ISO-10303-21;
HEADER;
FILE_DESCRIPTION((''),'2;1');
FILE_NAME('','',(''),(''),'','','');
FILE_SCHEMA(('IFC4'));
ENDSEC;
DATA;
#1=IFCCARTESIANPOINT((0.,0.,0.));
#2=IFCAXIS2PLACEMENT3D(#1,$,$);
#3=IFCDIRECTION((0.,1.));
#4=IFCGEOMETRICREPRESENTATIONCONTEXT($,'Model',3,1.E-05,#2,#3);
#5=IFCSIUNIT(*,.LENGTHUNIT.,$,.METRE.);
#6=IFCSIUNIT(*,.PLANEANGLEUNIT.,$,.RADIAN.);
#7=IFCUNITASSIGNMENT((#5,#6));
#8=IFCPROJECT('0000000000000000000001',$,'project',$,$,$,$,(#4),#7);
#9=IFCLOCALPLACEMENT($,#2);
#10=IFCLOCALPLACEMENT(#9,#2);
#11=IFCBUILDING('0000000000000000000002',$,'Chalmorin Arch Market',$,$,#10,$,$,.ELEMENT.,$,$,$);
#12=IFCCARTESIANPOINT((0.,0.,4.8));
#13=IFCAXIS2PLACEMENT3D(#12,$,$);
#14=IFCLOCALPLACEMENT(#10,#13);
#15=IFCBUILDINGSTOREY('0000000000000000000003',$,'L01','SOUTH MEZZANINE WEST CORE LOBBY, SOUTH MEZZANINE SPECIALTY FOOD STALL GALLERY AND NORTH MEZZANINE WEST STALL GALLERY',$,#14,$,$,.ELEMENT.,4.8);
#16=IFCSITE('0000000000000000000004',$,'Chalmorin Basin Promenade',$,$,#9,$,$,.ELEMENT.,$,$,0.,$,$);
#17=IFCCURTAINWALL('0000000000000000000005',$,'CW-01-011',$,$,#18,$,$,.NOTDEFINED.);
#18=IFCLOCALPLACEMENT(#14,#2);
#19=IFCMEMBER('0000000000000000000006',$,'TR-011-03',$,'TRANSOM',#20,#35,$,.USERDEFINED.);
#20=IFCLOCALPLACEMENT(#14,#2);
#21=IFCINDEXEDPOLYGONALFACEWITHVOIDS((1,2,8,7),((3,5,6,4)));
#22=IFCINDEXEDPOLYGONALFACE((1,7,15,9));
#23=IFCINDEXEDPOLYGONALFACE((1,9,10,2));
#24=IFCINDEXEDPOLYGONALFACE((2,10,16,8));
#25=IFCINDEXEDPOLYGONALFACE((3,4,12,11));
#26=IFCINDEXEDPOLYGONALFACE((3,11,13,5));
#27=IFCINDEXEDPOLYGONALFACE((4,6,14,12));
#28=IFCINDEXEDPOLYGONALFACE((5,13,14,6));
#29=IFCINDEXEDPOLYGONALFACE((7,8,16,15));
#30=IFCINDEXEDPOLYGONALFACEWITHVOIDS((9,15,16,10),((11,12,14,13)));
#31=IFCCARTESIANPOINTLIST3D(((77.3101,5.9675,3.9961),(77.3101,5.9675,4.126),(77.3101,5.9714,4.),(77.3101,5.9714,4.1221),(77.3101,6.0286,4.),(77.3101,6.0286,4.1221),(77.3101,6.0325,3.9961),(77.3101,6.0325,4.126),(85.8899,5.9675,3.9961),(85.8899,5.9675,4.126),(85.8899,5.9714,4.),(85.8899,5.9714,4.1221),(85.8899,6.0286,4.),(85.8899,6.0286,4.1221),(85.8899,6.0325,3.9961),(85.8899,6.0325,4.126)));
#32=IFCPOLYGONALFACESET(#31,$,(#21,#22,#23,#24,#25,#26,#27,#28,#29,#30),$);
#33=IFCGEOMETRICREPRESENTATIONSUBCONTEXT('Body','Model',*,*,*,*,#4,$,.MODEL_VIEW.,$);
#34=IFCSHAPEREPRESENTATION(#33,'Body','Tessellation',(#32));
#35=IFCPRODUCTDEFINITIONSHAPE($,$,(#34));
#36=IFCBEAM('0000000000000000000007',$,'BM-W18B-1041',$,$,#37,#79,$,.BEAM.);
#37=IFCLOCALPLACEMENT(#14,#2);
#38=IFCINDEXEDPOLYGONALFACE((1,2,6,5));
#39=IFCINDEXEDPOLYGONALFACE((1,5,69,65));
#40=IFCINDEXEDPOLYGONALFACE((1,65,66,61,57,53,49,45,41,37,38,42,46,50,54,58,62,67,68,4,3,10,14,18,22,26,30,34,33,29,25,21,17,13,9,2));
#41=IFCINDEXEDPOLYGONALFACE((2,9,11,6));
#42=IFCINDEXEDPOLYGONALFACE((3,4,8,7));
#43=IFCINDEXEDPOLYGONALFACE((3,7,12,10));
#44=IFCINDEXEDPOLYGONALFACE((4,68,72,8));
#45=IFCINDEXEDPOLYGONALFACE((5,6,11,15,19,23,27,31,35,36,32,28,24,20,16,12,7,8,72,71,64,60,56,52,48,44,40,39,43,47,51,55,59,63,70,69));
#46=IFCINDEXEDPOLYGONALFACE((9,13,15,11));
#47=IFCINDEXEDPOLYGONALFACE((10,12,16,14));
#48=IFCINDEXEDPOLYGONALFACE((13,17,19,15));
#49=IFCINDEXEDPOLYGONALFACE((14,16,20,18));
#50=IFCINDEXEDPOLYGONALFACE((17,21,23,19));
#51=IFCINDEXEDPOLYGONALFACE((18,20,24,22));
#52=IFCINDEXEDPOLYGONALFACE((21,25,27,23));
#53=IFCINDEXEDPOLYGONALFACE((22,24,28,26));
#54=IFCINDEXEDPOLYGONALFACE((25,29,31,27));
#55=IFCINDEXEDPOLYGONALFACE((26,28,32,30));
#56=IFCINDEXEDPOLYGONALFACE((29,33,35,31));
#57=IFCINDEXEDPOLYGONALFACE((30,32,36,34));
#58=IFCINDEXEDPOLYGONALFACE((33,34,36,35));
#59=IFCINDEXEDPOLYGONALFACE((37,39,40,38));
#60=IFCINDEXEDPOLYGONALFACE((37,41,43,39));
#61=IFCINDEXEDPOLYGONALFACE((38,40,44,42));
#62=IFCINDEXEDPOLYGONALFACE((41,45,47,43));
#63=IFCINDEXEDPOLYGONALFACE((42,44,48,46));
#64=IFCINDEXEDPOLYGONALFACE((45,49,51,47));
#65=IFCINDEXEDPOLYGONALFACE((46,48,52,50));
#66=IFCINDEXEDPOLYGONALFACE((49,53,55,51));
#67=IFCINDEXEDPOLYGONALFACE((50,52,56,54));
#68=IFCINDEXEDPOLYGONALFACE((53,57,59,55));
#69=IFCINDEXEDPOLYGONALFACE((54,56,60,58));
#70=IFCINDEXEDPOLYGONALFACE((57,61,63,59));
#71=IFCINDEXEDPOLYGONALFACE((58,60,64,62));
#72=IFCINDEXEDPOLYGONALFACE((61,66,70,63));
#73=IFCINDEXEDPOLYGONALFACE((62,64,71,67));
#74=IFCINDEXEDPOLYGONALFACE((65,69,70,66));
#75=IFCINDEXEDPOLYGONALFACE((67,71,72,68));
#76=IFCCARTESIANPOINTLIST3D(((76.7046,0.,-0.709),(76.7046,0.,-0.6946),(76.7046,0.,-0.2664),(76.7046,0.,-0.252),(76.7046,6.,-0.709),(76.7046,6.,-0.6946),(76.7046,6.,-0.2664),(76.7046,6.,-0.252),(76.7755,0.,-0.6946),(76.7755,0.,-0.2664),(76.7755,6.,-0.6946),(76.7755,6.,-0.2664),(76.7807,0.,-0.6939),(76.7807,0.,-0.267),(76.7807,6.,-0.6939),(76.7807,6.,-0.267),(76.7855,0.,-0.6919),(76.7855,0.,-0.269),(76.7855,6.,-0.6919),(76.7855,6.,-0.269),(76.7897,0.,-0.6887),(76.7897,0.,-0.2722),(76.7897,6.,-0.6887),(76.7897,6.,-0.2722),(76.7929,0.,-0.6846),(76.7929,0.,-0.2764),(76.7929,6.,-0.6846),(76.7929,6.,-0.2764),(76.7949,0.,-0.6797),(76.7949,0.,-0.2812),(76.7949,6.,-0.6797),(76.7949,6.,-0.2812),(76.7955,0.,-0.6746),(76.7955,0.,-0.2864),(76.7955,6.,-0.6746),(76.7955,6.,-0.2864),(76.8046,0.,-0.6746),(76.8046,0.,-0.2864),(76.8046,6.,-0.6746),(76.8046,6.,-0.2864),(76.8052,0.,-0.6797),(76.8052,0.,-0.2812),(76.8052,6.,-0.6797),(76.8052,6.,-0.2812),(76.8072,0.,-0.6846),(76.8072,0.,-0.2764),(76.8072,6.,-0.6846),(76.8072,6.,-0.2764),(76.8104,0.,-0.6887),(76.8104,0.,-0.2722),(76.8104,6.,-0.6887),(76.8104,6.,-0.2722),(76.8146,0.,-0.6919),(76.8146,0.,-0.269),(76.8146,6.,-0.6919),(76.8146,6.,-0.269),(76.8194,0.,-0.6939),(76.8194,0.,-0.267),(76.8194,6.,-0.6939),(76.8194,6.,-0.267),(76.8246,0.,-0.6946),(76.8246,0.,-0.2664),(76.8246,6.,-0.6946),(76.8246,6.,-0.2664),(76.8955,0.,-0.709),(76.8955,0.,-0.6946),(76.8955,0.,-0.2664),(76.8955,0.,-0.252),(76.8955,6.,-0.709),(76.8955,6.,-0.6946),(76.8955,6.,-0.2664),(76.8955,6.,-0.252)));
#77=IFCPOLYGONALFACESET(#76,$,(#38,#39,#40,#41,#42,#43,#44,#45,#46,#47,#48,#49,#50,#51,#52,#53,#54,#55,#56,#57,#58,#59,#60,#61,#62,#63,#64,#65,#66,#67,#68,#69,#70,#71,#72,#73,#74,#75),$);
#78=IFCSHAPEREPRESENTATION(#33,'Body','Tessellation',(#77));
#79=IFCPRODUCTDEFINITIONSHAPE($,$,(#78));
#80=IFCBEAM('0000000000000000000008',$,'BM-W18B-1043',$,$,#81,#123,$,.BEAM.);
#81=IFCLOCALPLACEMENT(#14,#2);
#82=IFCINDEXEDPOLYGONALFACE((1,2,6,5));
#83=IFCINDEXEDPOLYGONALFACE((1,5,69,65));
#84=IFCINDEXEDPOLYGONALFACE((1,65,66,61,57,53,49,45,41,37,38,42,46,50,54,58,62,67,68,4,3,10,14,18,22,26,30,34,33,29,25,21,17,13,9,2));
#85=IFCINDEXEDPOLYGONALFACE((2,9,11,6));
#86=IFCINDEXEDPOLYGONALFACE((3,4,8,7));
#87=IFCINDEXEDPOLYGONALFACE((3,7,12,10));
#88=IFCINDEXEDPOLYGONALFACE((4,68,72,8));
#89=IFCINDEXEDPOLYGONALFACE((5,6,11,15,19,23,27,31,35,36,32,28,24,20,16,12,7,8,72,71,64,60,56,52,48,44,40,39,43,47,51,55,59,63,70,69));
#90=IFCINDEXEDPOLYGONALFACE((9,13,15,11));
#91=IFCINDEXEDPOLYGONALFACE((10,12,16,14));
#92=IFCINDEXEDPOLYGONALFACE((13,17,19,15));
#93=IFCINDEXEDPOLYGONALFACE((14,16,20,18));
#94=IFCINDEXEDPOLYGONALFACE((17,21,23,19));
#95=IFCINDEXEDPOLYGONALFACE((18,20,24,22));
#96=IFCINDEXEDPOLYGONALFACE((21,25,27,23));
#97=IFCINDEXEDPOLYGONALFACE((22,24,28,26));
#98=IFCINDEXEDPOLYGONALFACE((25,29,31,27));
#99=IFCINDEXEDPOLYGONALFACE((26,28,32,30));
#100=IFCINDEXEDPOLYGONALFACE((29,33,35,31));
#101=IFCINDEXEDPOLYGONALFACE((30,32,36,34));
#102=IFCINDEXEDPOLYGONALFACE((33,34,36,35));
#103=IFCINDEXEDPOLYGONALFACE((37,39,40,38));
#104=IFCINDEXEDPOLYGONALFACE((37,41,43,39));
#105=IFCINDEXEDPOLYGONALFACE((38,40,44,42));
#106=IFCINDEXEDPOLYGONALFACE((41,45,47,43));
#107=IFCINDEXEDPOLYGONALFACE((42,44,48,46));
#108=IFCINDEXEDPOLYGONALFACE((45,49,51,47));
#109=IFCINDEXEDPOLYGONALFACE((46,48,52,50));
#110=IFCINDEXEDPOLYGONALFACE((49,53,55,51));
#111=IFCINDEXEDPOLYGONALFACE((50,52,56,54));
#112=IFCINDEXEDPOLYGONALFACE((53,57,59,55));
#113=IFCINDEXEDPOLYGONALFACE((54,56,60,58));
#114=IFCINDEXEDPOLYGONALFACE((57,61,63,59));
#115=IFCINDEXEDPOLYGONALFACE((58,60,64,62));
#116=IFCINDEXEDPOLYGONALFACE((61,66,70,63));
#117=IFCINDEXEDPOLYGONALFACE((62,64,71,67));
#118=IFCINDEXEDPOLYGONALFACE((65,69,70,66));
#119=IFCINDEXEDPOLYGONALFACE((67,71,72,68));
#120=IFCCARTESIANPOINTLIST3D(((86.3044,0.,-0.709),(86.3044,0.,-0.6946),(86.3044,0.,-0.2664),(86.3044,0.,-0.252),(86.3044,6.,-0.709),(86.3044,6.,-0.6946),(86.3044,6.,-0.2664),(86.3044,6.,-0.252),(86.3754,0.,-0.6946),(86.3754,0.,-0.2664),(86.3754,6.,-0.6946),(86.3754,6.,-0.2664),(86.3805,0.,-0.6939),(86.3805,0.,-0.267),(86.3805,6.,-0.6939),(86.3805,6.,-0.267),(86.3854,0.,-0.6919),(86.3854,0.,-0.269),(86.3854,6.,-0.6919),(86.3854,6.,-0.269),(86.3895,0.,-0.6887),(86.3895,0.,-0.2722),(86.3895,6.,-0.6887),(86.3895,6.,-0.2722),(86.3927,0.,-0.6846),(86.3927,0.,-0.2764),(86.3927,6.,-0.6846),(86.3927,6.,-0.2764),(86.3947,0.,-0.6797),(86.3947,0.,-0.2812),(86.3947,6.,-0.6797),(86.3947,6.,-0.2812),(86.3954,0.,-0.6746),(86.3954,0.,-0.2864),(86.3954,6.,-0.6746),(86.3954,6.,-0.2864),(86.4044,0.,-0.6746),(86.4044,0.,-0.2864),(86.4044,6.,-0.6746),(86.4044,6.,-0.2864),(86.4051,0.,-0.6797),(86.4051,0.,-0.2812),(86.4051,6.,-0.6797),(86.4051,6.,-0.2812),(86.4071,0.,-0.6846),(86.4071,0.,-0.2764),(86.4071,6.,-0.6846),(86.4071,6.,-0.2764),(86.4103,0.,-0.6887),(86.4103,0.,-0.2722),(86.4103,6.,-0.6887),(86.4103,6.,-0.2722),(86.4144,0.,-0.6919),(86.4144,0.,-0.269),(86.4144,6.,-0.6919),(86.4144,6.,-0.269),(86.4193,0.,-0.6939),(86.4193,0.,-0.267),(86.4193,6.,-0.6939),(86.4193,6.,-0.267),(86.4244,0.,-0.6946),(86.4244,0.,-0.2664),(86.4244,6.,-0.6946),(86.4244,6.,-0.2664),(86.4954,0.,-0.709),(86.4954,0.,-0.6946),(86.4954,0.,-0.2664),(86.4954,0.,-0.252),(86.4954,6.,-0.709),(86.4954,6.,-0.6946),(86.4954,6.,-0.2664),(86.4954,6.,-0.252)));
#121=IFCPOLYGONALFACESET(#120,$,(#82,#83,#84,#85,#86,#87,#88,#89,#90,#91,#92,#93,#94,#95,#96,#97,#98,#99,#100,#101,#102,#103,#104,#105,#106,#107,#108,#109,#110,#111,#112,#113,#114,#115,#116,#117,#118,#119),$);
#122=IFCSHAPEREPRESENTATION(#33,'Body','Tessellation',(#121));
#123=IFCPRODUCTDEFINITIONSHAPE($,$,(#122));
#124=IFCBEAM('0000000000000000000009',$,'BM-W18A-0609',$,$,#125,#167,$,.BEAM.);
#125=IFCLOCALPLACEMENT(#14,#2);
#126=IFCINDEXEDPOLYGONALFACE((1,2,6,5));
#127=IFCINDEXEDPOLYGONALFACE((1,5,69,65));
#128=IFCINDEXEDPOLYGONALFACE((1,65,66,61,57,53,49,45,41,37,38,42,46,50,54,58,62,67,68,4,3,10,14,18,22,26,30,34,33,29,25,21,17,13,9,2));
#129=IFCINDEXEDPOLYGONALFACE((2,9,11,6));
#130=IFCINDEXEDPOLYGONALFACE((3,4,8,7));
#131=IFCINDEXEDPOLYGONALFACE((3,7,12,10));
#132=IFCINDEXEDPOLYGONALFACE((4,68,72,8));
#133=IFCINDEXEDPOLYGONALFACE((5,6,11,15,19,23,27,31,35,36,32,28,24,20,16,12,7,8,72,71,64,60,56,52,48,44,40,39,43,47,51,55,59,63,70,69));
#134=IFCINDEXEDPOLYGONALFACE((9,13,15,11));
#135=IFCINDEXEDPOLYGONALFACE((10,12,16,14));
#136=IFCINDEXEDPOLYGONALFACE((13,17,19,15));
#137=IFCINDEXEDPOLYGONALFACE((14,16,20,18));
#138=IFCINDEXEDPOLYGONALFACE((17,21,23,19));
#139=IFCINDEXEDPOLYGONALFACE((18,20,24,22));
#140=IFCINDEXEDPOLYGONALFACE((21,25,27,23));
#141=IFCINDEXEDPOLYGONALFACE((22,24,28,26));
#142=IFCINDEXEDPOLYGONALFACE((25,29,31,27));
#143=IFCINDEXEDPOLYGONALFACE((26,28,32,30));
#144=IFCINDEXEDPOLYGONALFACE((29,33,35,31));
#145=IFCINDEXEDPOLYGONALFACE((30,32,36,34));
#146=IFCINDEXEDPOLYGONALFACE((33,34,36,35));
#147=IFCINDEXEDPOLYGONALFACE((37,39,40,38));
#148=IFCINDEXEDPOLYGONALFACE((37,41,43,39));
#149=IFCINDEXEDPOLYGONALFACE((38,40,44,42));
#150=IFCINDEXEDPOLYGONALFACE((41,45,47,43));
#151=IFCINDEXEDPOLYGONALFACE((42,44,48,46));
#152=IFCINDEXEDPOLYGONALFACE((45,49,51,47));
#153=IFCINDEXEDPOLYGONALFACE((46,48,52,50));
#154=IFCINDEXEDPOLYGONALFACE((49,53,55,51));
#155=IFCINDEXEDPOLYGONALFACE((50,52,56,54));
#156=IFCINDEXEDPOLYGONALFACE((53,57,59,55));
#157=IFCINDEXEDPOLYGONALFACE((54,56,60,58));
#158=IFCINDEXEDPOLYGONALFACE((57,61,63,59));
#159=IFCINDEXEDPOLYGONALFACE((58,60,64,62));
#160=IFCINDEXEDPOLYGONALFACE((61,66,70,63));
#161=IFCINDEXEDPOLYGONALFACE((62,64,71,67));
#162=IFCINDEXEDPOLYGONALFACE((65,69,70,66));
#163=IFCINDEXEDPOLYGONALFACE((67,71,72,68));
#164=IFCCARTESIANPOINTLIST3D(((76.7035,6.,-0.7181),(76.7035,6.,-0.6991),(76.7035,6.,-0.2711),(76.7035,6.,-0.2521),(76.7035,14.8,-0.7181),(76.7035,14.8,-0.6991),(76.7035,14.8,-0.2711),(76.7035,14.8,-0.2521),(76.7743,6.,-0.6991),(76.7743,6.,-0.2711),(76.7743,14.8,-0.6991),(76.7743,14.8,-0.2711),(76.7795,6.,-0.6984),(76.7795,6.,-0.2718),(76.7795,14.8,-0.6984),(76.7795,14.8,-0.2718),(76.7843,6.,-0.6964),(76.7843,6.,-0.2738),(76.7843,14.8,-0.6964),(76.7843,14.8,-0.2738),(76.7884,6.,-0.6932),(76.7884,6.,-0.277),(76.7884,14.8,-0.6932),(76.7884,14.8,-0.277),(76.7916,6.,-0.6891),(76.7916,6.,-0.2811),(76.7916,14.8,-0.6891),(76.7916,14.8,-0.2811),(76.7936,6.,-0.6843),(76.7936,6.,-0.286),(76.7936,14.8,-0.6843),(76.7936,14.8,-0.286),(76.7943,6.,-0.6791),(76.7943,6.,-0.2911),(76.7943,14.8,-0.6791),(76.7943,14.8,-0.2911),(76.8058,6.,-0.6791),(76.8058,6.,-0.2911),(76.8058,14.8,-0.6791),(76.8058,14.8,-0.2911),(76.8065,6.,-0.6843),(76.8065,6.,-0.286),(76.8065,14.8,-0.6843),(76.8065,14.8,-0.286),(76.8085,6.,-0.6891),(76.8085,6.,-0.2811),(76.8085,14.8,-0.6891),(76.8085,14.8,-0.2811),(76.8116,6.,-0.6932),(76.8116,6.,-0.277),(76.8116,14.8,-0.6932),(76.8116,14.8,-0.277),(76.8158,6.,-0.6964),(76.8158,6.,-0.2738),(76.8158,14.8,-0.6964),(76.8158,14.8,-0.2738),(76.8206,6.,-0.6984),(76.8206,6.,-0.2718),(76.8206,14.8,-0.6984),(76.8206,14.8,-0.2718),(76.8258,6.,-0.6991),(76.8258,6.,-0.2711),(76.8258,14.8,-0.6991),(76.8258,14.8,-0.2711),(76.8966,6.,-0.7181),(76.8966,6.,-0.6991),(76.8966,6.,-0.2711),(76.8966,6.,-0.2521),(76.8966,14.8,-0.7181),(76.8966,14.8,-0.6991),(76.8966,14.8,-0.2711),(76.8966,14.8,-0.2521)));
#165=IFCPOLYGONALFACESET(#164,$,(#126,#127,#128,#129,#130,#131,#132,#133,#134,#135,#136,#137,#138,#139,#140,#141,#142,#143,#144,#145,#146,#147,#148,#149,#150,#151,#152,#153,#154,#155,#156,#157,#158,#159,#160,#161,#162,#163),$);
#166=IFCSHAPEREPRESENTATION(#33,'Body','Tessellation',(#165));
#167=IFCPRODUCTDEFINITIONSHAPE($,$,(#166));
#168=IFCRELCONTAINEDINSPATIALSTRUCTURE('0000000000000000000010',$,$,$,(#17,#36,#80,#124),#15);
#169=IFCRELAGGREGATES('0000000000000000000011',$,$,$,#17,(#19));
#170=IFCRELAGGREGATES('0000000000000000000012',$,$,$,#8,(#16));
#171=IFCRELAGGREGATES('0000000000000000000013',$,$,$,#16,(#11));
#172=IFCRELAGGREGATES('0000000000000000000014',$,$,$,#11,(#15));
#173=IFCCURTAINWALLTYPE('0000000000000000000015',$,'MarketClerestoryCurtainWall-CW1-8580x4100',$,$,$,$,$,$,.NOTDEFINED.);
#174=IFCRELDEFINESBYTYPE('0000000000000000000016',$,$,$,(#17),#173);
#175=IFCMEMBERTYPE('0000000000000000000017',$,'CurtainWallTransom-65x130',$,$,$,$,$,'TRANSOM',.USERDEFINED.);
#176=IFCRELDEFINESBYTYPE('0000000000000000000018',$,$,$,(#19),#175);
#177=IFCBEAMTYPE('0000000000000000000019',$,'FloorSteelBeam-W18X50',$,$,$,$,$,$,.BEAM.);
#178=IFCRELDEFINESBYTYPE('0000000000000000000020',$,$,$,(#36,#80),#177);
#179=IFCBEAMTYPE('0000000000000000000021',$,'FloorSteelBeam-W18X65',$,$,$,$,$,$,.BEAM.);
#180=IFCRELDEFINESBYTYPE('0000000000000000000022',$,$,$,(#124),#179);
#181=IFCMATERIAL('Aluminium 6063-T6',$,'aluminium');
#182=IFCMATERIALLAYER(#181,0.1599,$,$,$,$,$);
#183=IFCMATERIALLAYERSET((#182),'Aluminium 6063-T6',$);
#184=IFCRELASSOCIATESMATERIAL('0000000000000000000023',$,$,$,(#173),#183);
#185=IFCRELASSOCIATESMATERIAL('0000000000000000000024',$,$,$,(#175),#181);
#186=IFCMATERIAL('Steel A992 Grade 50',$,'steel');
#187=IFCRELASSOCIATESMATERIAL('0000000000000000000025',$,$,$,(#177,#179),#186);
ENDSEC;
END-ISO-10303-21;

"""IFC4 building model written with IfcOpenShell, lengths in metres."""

from ifc_helpers import new_model, si_unit, direction, frame, origin, origin_2d, place, context, subcontext, project, spatial, hollow_rectangle, i_section, extrude, material, layer, layer_set, material_profile, profile_set, type_object, element, aggregate, save


model = new_model("IFC4")

# Units and contexts
model_context = context("Model", 3, precision=1e-05, world=origin(), true_north=direction((0.0, 1.0)))
body_context = subcontext(model_context, "Body", "Model", "MODEL_VIEW")
ifc_project = project(units=[si_unit("LENGTHUNIT", "METRE"), si_unit("PLANEANGLEUNIT", "RADIAN")], contexts=[model_context])

# Site, building, storey
site_placement = place(None, origin())
site = spatial("IfcSite", under=ifc_project, at=site_placement, Name="Chalmorin Basin Promenade", CompositionType="ELEMENT", RefElevation=0.0)
building_placement = place(site_placement, origin())
building = spatial("IfcBuilding", under=site, at=building_placement, Name="Chalmorin Arch Market", CompositionType="ELEMENT")
storey_placement = place(building_placement, frame((0.0, 0.0, 4.8)))
storey = spatial("IfcBuildingStorey", under=building, at=storey_placement, Name="L01", Description="SOUTH MEZZANINE WEST CORE LOBBY, SOUTH MEZZANINE SPECIALTY FOOD STALL GALLERY AND NORTH MEZZANINE WEST STALL GALLERY", CompositionType="ELEMENT", Elevation=4.8)

# Shared definitions
ifc_material_1 = material(Name="Aluminium 6063-T6", Category="aluminium")
ifc_layer_1 = layer(ifc_material_1, 0.1599)
ifc_layer_set_1 = layer_set([ifc_layer_1], Name="Aluminium 6063-T6")
curtain_wall_type = type_object("IfcCurtainWallType", Name="MarketClerestoryCurtainWall-CW1-8580x4100", PredefinedType="NOTDEFINED", material=ifc_layer_set_1)

# Curtain wall, member
curtain_wall_1_placement = place(storey_placement, origin())
curtain_wall_1 = element("IfcCurtainWall", 1, at=curtain_wall_1_placement, inside=storey, type_object=curtain_wall_type, Name="CW-01-011", PredefinedType="NOTDEFINED")
ifc_material_profile_1 = material_profile(ifc_material_1, hollow_rectangle(XDim=0.0649, YDim=0.1299, WallThickness=0.0039, at=origin_2d()), Name="ALU65X130X4")
ifc_profile_set_1 = profile_set([ifc_material_profile_1], Name="Aluminium 6063-T6")
member_type_1 = type_object("IfcMemberType", Name="CurtainWallTransom-65x130", ElementType="TRANSOM", PredefinedType="USERDEFINED", material=ifc_profile_set_1)
member_1_placement = place(storey_placement, frame((77.3101, 6.0, 4.061), z_axis=(1.0, 0.0, 0.0), x_axis=(0.0, 1.0, 0.0)))
member_1 = element("IfcMember", 2, at=member_1_placement, type_object=member_type_1, Name="TR-011-03", ObjectType="TRANSOM", PredefinedType="USERDEFINED", context=body_context, shape_type="SweptSolid", body=[
    extrude(hollow_rectangle(XDim=0.0649, YDim=0.1299, WallThickness=0.0039, at=origin_2d()), origin(), (0.0, 0.0, 1.0), 8.5798),
])

# Beams
ifc_material_2 = material(Name="Steel A992 Grade 50", Category="steel")
ifc_material_profile_2 = material_profile(ifc_material_2, i_section(OverallWidth=0.1909, OverallDepth=0.457, WebThickness=0.009, FlangeThickness=0.0144, FilletRadius=0.02, at=origin_2d()), Name="W18X50")
ifc_profile_set_2 = profile_set([ifc_material_profile_2], Name="Steel A992 Grade 50")
beam_type_1 = type_object("IfcBeamType", Name="FloorSteelBeam-W18X50", PredefinedType="BEAM", material=ifc_profile_set_2)
for number, where, z_axis, x_axis, name in (
    (3, (76.8, 0.0, -0.4805), (0.0, 1.0, 0.0), (-1.0, 0.0, 0.0), "BM-W18B-1041"),
    (4, (86.3999, 0.0, -0.4805), (0.0, 1.0, 0.0), (-1.0, 0.0, 0.0), "BM-W18B-1043"),
):
    element("IfcBeam", number, at=place(storey_placement, frame(where, z_axis=z_axis, x_axis=x_axis)), inside=storey, type_object=beam_type_1, Name=name, PredefinedType="BEAM", context=body_context, shape_type="SweptSolid", body=[
        extrude(i_section(OverallWidth=0.1909, OverallDepth=0.457, WebThickness=0.009, FlangeThickness=0.0144, FilletRadius=0.02, at=origin_2d()), origin(), (0.0, 0.0, 1.0), 6.0),
    ])
ifc_material_profile_3 = material_profile(ifc_material_2, i_section(OverallWidth=0.1931, OverallDepth=0.4661, WebThickness=0.0115, FlangeThickness=0.019, FilletRadius=0.02, at=origin_2d()), Name="W18X65")
ifc_profile_set_3 = profile_set([ifc_material_profile_3], Name="Steel A992 Grade 50")
beam_type_2 = type_object("IfcBeamType", Name="FloorSteelBeam-W18X65", PredefinedType="BEAM", material=ifc_profile_set_3)
beam_placement = place(storey_placement, frame((76.8, 6.0, -0.4851), z_axis=(0.0, 1.0, 0.0), x_axis=(-1.0, 0.0, 0.0)))
element("IfcBeam", 5, at=beam_placement, inside=storey, type_object=beam_type_2, Name="BM-W18A-0609", PredefinedType="BEAM", context=body_context, shape_type="SweptSolid", body=[
    extrude(i_section(OverallWidth=0.1931, OverallDepth=0.4661, WebThickness=0.0115, FlangeThickness=0.019, FilletRadius=0.02, at=origin_2d()), origin(), (0.0, 0.0, 1.0), 8.8),
])

aggregate(curtain_wall_1, [member_1])

save(model, "model.ifc")
